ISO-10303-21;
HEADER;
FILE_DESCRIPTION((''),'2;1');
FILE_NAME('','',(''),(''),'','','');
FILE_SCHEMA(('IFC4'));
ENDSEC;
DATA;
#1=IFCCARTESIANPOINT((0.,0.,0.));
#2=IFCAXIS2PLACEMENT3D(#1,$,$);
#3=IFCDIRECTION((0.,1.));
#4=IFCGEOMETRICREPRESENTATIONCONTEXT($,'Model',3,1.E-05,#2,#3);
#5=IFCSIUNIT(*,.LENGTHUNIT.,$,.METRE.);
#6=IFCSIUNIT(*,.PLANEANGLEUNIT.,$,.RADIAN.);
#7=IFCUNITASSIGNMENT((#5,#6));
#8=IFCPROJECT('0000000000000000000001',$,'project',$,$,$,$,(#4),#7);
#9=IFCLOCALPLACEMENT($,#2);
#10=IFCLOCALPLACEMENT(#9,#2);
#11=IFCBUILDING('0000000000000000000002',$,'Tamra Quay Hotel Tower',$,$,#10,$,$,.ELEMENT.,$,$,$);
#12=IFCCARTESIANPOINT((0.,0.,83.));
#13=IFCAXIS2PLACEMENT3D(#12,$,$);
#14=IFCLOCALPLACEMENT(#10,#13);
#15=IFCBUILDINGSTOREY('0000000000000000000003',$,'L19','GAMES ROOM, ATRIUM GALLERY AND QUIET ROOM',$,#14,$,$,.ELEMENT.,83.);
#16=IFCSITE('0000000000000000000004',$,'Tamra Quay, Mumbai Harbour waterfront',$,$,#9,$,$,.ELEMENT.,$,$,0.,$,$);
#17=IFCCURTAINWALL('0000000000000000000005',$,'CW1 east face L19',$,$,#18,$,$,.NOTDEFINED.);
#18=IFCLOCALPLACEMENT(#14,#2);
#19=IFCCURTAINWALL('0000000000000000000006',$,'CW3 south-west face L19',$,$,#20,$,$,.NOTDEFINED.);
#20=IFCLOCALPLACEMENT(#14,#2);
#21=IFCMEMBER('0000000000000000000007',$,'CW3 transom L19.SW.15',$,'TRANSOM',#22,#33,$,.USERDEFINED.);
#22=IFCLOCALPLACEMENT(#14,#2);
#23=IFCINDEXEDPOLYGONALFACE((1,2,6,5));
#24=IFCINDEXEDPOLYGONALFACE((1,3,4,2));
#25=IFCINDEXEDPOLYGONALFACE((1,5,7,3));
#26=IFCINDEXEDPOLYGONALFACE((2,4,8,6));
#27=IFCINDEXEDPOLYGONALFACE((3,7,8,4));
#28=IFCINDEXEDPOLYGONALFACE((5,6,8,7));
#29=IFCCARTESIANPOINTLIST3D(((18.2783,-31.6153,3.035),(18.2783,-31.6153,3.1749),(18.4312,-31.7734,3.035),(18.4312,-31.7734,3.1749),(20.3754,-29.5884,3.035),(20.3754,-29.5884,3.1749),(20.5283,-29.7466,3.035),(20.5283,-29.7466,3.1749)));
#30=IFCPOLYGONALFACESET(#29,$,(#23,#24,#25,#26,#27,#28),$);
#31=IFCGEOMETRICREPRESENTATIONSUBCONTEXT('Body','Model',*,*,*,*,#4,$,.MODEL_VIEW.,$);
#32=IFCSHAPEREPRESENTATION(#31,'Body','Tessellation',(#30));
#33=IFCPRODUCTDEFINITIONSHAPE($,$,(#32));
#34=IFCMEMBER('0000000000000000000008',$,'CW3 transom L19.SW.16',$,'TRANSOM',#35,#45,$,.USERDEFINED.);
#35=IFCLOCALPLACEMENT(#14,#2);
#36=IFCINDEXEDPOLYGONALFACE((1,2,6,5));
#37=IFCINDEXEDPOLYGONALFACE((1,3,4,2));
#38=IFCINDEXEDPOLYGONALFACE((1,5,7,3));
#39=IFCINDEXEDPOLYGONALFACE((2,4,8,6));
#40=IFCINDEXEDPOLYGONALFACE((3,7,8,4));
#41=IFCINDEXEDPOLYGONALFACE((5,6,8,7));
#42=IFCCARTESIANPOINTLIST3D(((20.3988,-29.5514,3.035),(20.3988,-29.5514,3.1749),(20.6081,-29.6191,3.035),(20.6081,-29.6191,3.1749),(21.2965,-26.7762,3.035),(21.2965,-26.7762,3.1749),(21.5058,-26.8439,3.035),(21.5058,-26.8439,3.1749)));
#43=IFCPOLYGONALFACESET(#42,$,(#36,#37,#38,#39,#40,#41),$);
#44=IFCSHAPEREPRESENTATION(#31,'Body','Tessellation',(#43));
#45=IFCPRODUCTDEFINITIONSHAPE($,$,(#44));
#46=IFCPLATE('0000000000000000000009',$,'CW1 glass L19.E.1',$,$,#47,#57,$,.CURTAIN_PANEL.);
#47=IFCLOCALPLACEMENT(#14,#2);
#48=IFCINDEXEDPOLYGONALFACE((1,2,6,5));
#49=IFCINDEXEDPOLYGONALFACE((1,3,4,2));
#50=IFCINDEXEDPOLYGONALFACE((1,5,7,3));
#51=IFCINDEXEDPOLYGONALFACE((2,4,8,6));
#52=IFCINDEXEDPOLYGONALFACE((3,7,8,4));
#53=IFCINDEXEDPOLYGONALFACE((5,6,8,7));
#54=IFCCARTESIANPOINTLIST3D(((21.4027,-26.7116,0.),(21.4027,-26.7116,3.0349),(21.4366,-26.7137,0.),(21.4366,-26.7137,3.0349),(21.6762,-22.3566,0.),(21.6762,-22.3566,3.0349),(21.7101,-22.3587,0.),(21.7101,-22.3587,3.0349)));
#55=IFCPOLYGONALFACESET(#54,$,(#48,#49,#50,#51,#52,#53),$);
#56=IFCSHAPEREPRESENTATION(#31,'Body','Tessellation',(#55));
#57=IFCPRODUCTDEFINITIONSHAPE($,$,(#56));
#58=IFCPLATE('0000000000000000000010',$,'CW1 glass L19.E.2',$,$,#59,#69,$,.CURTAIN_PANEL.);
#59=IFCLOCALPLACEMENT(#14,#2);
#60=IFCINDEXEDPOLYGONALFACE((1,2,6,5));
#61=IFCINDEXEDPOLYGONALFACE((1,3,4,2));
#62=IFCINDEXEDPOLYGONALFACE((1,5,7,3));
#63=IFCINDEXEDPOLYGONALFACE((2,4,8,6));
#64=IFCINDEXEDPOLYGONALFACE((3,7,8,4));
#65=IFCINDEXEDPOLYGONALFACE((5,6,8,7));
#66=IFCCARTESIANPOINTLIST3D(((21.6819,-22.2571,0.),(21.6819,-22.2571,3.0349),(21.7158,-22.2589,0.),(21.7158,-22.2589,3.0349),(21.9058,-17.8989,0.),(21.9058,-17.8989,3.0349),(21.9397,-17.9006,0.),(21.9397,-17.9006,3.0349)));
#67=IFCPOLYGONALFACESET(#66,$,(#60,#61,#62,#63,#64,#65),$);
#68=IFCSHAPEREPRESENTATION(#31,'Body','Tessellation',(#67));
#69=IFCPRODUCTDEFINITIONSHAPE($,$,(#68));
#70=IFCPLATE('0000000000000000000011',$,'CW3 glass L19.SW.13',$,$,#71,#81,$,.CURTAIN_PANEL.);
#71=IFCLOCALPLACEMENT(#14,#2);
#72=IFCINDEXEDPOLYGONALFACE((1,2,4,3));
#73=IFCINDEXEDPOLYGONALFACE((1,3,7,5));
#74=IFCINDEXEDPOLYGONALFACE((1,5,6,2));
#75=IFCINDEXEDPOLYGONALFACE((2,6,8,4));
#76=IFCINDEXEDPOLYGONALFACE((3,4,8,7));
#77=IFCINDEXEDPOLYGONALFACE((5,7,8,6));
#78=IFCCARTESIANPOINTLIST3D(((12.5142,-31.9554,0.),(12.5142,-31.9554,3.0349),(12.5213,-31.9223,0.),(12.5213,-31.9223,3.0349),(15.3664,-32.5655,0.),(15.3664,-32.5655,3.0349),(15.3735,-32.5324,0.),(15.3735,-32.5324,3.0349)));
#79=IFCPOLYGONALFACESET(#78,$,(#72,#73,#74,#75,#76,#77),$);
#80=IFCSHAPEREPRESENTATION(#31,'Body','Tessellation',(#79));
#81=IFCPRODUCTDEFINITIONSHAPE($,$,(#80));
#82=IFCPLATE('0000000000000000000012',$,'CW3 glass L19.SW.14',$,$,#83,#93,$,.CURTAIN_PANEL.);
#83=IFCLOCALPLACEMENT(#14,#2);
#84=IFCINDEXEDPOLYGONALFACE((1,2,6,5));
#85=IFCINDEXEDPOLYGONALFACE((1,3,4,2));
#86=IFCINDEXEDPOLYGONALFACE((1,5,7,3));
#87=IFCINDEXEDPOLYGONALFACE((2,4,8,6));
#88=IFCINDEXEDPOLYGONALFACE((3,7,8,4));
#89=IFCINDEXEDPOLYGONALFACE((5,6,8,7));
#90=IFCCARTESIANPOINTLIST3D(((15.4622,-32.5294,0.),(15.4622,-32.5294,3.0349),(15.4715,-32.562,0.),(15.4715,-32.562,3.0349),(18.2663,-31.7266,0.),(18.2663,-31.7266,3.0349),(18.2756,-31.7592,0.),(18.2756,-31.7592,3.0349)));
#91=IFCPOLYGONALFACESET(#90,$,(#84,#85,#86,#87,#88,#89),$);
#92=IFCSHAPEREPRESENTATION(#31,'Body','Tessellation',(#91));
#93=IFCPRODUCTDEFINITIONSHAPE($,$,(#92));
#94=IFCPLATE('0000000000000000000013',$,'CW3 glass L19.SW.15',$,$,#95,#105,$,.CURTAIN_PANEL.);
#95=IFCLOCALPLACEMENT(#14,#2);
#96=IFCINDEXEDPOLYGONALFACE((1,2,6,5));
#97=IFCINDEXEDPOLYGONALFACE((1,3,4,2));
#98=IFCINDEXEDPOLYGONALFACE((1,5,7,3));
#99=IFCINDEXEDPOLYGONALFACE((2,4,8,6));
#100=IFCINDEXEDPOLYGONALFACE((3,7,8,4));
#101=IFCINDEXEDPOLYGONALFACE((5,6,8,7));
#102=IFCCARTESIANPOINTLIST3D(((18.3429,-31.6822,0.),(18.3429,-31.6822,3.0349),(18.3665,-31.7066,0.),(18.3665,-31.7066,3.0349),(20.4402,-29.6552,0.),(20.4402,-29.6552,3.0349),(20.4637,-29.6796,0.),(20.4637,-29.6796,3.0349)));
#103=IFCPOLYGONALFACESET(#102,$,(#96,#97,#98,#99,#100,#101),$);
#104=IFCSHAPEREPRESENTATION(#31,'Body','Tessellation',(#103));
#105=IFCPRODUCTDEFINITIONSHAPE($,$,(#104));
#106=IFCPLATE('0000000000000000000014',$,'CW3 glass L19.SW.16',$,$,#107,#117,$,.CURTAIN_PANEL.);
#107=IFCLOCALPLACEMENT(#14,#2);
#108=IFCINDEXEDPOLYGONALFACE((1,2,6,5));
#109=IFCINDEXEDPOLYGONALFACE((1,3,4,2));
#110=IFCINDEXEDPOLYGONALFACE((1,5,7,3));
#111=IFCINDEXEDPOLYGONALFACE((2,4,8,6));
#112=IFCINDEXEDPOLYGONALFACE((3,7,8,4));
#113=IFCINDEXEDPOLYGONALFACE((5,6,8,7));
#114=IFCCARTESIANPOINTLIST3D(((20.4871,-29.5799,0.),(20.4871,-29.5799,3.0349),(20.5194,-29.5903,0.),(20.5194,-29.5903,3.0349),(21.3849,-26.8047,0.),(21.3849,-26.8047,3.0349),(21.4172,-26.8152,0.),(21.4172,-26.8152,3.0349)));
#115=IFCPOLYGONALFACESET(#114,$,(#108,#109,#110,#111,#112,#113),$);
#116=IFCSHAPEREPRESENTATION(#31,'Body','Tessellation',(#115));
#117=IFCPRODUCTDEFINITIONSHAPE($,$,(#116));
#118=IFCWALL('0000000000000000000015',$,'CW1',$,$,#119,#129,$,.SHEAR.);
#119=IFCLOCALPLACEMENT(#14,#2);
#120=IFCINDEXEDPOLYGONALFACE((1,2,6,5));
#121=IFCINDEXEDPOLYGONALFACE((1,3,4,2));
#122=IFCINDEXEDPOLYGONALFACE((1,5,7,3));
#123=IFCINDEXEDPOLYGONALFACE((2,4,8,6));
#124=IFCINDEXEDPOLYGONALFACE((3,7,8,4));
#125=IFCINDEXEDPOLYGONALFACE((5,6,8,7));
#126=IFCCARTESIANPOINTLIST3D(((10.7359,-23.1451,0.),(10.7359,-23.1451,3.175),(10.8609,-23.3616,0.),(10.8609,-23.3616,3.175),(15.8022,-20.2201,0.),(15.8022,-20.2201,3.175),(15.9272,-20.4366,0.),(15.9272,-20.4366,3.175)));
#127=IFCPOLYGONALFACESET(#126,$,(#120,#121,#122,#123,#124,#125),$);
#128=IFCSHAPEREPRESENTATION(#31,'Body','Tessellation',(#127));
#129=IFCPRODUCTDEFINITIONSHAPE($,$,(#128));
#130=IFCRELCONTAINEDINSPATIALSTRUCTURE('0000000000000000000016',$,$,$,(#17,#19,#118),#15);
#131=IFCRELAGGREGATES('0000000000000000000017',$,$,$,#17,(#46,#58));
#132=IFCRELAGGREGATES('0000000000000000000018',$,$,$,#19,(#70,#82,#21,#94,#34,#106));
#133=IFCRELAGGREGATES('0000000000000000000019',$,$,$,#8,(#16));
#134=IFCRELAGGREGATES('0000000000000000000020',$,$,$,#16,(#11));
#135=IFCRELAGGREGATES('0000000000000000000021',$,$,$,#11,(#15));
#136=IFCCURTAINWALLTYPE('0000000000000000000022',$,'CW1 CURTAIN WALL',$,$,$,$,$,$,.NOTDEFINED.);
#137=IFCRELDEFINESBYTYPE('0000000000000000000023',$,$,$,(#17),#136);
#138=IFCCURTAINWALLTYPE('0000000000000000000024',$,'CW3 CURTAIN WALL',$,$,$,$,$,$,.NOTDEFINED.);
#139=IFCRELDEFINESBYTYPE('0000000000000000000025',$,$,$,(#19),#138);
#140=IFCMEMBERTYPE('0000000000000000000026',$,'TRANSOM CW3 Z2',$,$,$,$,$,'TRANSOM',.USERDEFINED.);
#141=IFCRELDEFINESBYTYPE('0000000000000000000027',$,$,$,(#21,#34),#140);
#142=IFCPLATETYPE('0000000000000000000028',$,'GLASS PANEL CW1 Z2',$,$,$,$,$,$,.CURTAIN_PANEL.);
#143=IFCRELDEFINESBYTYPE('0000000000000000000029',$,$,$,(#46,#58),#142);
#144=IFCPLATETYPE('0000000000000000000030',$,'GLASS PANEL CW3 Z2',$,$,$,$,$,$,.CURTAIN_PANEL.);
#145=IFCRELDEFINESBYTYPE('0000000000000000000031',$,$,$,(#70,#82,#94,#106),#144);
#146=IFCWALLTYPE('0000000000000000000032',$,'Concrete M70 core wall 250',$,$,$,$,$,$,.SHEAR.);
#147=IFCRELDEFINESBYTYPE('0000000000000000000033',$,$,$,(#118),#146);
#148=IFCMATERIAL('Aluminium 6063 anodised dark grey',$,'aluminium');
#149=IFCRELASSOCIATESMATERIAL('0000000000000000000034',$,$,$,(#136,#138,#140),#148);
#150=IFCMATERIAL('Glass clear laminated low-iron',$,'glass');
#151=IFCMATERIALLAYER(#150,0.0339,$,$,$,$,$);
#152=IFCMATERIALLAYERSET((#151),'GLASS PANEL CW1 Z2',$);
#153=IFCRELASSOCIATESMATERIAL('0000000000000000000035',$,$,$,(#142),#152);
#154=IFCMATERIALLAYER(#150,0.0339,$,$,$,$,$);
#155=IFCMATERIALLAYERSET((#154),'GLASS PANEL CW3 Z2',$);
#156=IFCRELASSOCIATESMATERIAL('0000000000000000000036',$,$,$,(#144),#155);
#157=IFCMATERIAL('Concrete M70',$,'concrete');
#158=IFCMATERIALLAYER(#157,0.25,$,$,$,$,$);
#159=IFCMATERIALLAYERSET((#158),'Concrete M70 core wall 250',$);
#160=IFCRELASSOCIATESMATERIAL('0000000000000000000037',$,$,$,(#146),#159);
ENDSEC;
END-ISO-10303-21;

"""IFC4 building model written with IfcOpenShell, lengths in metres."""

from ifc_helpers import new_model, si_unit, direction, frame, frame_2d, origin, origin_2d, place, context, subcontext, project, spatial, rectangle, extrude, material, layer, layer_set, material_profile, profile_set, type_object, element, aggregate, save


model = new_model("IFC4")

# Units and contexts
model_context = context("Model", 3, precision=1e-05, world=origin(), true_north=direction((0.0, 1.0)))
body_context = subcontext(model_context, "Body", "Model", "MODEL_VIEW")
ifc_project = project(units=[si_unit("LENGTHUNIT", "METRE"), si_unit("PLANEANGLEUNIT", "RADIAN")], contexts=[model_context])

# Site, building, storey
site_placement = place(None, origin())
site = spatial("IfcSite", under=ifc_project, at=site_placement, Name="Tamra Quay, Mumbai Harbour waterfront", CompositionType="ELEMENT", RefElevation=0.0)
building_placement = place(site_placement, origin())
building = spatial("IfcBuilding", under=site, at=building_placement, Name="Tamra Quay Hotel Tower", CompositionType="ELEMENT")
storey_placement = place(building_placement, frame((0.0, 0.0, 83.0)))
storey = spatial("IfcBuildingStorey", under=building, at=storey_placement, Name="L19", Description="GAMES ROOM, ATRIUM GALLERY AND QUIET ROOM", CompositionType="ELEMENT", Elevation=83.0)

# Shared definitions
ifc_material_1 = material(Name="Concrete M70", Category="concrete")

# Curtain wall
ifc_material_2 = material(Name="Aluminium 6063 anodised dark grey", Category="aluminium")
curtain_wall_type_1 = type_object("IfcCurtainWallType", Name="CW1 CURTAIN WALL", PredefinedType="NOTDEFINED", material=ifc_material_2)
curtain_wall_1_placement = place(storey_placement, origin())
curtain_wall_1 = element("IfcCurtainWall", 1, at=curtain_wall_1_placement, inside=storey, type_object=curtain_wall_type_1, Name="CW1 east face L19", PredefinedType="NOTDEFINED")

# Curtain wall
curtain_wall_type_2 = type_object("IfcCurtainWallType", Name="CW3 CURTAIN WALL", PredefinedType="NOTDEFINED", material=ifc_material_2)
curtain_wall_2_placement = place(storey_placement, origin())
curtain_wall_2 = element("IfcCurtainWall", 2, at=curtain_wall_2_placement, inside=storey, type_object=curtain_wall_type_2, Name="CW3 south-west face L19", PredefinedType="NOTDEFINED")

# Members
ifc_material_profile_1 = material_profile(ifc_material_2, rectangle(XDim=0.22, YDim=0.1399, at=origin_2d()), Name="TRANSOM 220X140")
ifc_profile_set_1 = profile_set([ifc_material_profile_1], Name="Aluminium 6063 anodised dark grey")
member_type_1 = type_object("IfcMemberType", Name="TRANSOM CW3 Z2", ElementType="TRANSOM", PredefinedType="USERDEFINED", material=ifc_profile_set_1)
member_1_placement = place(storey_placement, frame((18.3547, -31.6943, 3.105), z_axis=(0.719058, 0.69495, 0.0), x_axis=(-0.69495, 0.719058, 0.0)))
member_1 = element("IfcMember", 3, at=member_1_placement, type_object=member_type_1, Name="CW3 transom L19.SW.15", ObjectType="TRANSOM", PredefinedType="USERDEFINED", context=body_context, shape_type="SweptSolid", body=[
    extrude(rectangle(XDim=0.22, YDim=0.1399, at=origin_2d()), origin(), (0.0, 0.0, 1.0), 2.9165),
])
member_2_placement = place(storey_placement, frame((20.5034, -29.5852, 3.105), z_axis=(0.307778, 0.951458, 0.0), x_axis=(-0.951458, 0.307778, 0.0)))
member_2 = element("IfcMember", 4, at=member_2_placement, type_object=member_type_1, Name="CW3 transom L19.SW.16", ObjectType="TRANSOM", PredefinedType="USERDEFINED", context=body_context, shape_type="SweptSolid", body=[
    extrude(rectangle(XDim=0.22, YDim=0.1399, at=origin_2d()), origin(), (0.0, 0.0, 1.0), 2.9167),
])

# Plates
ifc_material_3 = material(Name="Glass clear laminated low-iron", Category="glass")
ifc_layer_1 = layer(ifc_material_3, 0.0339)
ifc_layer_set_1 = layer_set([ifc_layer_1], Name="GLASS PANEL CW1 Z2")
plate_type_1 = type_object("IfcPlateType", Name="GLASS PANEL CW1 Z2", PredefinedType="CURTAIN_PANEL", material=ifc_layer_set_1)
plate_1_placement = place(storey_placement, frame((21.5564, -24.5352, 0.0), z_axis=(0.0, 0.0, 1.0), x_axis=(0.06267, 0.998034, 0.0)))
plate_1 = element("IfcPlate", 5, at=plate_1_placement, type_object=plate_type_1, Name="CW1 glass L19.E.1", PredefinedType="CURTAIN_PANEL", context=body_context, shape_type="SweptSolid", body=[
    extrude(rectangle(XDim=4.3635, YDim=0.0339, at=origin_2d()), origin(), (0.0, 0.0, 1.0), 3.0349),
])
plate_2_placement = place(storey_placement, frame((21.8108, -20.0789, 0.0), z_axis=(0.0, 0.0, 1.0), x_axis=(0.051321, 0.998682, 0.0)))
plate_2 = element("IfcPlate", 6, at=plate_2_placement, type_object=plate_type_1, Name="CW1 glass L19.E.2", PredefinedType="CURTAIN_PANEL", context=body_context, shape_type="SweptSolid", body=[
    extrude(rectangle(XDim=4.364, YDim=0.0339, at=origin_2d()), origin(), (0.0, 0.0, 1.0), 3.0349),
])
aggregate(curtain_wall_1, [plate_1, plate_2])
ifc_layer_2 = layer(ifc_material_3, 0.0339)
ifc_layer_set_2 = layer_set([ifc_layer_2], Name="GLASS PANEL CW3 Z2")
plate_type_2 = type_object("IfcPlateType", Name="GLASS PANEL CW3 Z2", PredefinedType="CURTAIN_PANEL", material=ifc_layer_set_2)
plate_3_placement = place(storey_placement, frame((13.9438, -32.2439, 0.0), z_axis=(0.0, 0.0, 1.0), x_axis=(0.977879, -0.209172, 0.0)))
plate_3 = element("IfcPlate", 7, at=plate_3_placement, type_object=plate_type_2, Name="CW3 glass L19.SW.13", PredefinedType="CURTAIN_PANEL", context=body_context, shape_type="SweptSolid", body=[
    extrude(rectangle(XDim=2.9167, YDim=0.0339, at=origin_2d()), origin(), (0.0, 0.0, 1.0), 3.0349),
])
plate_4_placement = place(storey_placement, frame((16.8689, -32.1443, 0.0), z_axis=(0.0, 0.0, 1.0), x_axis=(0.96138, 0.275224, 0.0)))
plate_4 = element("IfcPlate", 8, at=plate_4_placement, type_object=plate_type_2, Name="CW3 glass L19.SW.14", PredefinedType="CURTAIN_PANEL", context=body_context, shape_type="SweptSolid", body=[
    extrude(rectangle(XDim=2.9167, YDim=0.0339, at=origin_2d()), origin(), (0.0, 0.0, 1.0), 3.0349),
])
plate_5_placement = place(storey_placement, frame((19.4033, -30.6809, 0.0), z_axis=(0.0, 0.0, 1.0), x_axis=(0.719041, 0.694967, 0.0)))
plate_5 = element("IfcPlate", 9, at=plate_5_placement, type_object=plate_type_2, Name="CW3 glass L19.SW.15", PredefinedType="CURTAIN_PANEL", context=body_context, shape_type="SweptSolid", body=[
    extrude(rectangle(XDim=2.9167, YDim=0.0339, at=origin_2d()), origin(), (0.0, 0.0, 1.0), 3.0349),
])
plate_6_placement = place(storey_placement, frame((20.9521, -28.1975, 0.0), z_axis=(0.0, 0.0, 1.0), x_axis=(0.307791, 0.951454, 0.0)))
plate_6 = element("IfcPlate", 10, at=plate_6_placement, type_object=plate_type_2, Name="CW3 glass L19.SW.16", PredefinedType="CURTAIN_PANEL", context=body_context, shape_type="SweptSolid", body=[
    extrude(rectangle(XDim=2.9167, YDim=0.0339, at=origin_2d()), origin(), (0.0, 0.0, 1.0), 3.0349),
])
aggregate(curtain_wall_2, [plate_3, plate_4, member_1, plate_5, member_2, plate_6])

# Wall
ifc_layer_3 = layer(ifc_material_1, 0.25)
ifc_layer_set_3 = layer_set([ifc_layer_3], Name="Concrete M70 core wall 250")
wall_type = type_object("IfcWallType", Name="Concrete M70 core wall 250", PredefinedType="SHEAR", material=ifc_layer_set_3)
wall_placement = place(storey_placement, frame((15.8647, -20.3284, 0.0), z_axis=(0.0, 0.0, 1.0), x_axis=(-0.866029, -0.499995, 0.0)))
element("IfcWall", 11, at=wall_placement, inside=storey, type_object=wall_type, Name="CW1", PredefinedType="SHEAR", context=body_context, shape_type="SweptSolid", body=[
    extrude(rectangle(XDim=5.8501, YDim=0.25, at=frame_2d((2.925, 0.0))), origin(), (0.0, 0.0, 1.0), 3.175),
])

save(model, "model.ifc")
